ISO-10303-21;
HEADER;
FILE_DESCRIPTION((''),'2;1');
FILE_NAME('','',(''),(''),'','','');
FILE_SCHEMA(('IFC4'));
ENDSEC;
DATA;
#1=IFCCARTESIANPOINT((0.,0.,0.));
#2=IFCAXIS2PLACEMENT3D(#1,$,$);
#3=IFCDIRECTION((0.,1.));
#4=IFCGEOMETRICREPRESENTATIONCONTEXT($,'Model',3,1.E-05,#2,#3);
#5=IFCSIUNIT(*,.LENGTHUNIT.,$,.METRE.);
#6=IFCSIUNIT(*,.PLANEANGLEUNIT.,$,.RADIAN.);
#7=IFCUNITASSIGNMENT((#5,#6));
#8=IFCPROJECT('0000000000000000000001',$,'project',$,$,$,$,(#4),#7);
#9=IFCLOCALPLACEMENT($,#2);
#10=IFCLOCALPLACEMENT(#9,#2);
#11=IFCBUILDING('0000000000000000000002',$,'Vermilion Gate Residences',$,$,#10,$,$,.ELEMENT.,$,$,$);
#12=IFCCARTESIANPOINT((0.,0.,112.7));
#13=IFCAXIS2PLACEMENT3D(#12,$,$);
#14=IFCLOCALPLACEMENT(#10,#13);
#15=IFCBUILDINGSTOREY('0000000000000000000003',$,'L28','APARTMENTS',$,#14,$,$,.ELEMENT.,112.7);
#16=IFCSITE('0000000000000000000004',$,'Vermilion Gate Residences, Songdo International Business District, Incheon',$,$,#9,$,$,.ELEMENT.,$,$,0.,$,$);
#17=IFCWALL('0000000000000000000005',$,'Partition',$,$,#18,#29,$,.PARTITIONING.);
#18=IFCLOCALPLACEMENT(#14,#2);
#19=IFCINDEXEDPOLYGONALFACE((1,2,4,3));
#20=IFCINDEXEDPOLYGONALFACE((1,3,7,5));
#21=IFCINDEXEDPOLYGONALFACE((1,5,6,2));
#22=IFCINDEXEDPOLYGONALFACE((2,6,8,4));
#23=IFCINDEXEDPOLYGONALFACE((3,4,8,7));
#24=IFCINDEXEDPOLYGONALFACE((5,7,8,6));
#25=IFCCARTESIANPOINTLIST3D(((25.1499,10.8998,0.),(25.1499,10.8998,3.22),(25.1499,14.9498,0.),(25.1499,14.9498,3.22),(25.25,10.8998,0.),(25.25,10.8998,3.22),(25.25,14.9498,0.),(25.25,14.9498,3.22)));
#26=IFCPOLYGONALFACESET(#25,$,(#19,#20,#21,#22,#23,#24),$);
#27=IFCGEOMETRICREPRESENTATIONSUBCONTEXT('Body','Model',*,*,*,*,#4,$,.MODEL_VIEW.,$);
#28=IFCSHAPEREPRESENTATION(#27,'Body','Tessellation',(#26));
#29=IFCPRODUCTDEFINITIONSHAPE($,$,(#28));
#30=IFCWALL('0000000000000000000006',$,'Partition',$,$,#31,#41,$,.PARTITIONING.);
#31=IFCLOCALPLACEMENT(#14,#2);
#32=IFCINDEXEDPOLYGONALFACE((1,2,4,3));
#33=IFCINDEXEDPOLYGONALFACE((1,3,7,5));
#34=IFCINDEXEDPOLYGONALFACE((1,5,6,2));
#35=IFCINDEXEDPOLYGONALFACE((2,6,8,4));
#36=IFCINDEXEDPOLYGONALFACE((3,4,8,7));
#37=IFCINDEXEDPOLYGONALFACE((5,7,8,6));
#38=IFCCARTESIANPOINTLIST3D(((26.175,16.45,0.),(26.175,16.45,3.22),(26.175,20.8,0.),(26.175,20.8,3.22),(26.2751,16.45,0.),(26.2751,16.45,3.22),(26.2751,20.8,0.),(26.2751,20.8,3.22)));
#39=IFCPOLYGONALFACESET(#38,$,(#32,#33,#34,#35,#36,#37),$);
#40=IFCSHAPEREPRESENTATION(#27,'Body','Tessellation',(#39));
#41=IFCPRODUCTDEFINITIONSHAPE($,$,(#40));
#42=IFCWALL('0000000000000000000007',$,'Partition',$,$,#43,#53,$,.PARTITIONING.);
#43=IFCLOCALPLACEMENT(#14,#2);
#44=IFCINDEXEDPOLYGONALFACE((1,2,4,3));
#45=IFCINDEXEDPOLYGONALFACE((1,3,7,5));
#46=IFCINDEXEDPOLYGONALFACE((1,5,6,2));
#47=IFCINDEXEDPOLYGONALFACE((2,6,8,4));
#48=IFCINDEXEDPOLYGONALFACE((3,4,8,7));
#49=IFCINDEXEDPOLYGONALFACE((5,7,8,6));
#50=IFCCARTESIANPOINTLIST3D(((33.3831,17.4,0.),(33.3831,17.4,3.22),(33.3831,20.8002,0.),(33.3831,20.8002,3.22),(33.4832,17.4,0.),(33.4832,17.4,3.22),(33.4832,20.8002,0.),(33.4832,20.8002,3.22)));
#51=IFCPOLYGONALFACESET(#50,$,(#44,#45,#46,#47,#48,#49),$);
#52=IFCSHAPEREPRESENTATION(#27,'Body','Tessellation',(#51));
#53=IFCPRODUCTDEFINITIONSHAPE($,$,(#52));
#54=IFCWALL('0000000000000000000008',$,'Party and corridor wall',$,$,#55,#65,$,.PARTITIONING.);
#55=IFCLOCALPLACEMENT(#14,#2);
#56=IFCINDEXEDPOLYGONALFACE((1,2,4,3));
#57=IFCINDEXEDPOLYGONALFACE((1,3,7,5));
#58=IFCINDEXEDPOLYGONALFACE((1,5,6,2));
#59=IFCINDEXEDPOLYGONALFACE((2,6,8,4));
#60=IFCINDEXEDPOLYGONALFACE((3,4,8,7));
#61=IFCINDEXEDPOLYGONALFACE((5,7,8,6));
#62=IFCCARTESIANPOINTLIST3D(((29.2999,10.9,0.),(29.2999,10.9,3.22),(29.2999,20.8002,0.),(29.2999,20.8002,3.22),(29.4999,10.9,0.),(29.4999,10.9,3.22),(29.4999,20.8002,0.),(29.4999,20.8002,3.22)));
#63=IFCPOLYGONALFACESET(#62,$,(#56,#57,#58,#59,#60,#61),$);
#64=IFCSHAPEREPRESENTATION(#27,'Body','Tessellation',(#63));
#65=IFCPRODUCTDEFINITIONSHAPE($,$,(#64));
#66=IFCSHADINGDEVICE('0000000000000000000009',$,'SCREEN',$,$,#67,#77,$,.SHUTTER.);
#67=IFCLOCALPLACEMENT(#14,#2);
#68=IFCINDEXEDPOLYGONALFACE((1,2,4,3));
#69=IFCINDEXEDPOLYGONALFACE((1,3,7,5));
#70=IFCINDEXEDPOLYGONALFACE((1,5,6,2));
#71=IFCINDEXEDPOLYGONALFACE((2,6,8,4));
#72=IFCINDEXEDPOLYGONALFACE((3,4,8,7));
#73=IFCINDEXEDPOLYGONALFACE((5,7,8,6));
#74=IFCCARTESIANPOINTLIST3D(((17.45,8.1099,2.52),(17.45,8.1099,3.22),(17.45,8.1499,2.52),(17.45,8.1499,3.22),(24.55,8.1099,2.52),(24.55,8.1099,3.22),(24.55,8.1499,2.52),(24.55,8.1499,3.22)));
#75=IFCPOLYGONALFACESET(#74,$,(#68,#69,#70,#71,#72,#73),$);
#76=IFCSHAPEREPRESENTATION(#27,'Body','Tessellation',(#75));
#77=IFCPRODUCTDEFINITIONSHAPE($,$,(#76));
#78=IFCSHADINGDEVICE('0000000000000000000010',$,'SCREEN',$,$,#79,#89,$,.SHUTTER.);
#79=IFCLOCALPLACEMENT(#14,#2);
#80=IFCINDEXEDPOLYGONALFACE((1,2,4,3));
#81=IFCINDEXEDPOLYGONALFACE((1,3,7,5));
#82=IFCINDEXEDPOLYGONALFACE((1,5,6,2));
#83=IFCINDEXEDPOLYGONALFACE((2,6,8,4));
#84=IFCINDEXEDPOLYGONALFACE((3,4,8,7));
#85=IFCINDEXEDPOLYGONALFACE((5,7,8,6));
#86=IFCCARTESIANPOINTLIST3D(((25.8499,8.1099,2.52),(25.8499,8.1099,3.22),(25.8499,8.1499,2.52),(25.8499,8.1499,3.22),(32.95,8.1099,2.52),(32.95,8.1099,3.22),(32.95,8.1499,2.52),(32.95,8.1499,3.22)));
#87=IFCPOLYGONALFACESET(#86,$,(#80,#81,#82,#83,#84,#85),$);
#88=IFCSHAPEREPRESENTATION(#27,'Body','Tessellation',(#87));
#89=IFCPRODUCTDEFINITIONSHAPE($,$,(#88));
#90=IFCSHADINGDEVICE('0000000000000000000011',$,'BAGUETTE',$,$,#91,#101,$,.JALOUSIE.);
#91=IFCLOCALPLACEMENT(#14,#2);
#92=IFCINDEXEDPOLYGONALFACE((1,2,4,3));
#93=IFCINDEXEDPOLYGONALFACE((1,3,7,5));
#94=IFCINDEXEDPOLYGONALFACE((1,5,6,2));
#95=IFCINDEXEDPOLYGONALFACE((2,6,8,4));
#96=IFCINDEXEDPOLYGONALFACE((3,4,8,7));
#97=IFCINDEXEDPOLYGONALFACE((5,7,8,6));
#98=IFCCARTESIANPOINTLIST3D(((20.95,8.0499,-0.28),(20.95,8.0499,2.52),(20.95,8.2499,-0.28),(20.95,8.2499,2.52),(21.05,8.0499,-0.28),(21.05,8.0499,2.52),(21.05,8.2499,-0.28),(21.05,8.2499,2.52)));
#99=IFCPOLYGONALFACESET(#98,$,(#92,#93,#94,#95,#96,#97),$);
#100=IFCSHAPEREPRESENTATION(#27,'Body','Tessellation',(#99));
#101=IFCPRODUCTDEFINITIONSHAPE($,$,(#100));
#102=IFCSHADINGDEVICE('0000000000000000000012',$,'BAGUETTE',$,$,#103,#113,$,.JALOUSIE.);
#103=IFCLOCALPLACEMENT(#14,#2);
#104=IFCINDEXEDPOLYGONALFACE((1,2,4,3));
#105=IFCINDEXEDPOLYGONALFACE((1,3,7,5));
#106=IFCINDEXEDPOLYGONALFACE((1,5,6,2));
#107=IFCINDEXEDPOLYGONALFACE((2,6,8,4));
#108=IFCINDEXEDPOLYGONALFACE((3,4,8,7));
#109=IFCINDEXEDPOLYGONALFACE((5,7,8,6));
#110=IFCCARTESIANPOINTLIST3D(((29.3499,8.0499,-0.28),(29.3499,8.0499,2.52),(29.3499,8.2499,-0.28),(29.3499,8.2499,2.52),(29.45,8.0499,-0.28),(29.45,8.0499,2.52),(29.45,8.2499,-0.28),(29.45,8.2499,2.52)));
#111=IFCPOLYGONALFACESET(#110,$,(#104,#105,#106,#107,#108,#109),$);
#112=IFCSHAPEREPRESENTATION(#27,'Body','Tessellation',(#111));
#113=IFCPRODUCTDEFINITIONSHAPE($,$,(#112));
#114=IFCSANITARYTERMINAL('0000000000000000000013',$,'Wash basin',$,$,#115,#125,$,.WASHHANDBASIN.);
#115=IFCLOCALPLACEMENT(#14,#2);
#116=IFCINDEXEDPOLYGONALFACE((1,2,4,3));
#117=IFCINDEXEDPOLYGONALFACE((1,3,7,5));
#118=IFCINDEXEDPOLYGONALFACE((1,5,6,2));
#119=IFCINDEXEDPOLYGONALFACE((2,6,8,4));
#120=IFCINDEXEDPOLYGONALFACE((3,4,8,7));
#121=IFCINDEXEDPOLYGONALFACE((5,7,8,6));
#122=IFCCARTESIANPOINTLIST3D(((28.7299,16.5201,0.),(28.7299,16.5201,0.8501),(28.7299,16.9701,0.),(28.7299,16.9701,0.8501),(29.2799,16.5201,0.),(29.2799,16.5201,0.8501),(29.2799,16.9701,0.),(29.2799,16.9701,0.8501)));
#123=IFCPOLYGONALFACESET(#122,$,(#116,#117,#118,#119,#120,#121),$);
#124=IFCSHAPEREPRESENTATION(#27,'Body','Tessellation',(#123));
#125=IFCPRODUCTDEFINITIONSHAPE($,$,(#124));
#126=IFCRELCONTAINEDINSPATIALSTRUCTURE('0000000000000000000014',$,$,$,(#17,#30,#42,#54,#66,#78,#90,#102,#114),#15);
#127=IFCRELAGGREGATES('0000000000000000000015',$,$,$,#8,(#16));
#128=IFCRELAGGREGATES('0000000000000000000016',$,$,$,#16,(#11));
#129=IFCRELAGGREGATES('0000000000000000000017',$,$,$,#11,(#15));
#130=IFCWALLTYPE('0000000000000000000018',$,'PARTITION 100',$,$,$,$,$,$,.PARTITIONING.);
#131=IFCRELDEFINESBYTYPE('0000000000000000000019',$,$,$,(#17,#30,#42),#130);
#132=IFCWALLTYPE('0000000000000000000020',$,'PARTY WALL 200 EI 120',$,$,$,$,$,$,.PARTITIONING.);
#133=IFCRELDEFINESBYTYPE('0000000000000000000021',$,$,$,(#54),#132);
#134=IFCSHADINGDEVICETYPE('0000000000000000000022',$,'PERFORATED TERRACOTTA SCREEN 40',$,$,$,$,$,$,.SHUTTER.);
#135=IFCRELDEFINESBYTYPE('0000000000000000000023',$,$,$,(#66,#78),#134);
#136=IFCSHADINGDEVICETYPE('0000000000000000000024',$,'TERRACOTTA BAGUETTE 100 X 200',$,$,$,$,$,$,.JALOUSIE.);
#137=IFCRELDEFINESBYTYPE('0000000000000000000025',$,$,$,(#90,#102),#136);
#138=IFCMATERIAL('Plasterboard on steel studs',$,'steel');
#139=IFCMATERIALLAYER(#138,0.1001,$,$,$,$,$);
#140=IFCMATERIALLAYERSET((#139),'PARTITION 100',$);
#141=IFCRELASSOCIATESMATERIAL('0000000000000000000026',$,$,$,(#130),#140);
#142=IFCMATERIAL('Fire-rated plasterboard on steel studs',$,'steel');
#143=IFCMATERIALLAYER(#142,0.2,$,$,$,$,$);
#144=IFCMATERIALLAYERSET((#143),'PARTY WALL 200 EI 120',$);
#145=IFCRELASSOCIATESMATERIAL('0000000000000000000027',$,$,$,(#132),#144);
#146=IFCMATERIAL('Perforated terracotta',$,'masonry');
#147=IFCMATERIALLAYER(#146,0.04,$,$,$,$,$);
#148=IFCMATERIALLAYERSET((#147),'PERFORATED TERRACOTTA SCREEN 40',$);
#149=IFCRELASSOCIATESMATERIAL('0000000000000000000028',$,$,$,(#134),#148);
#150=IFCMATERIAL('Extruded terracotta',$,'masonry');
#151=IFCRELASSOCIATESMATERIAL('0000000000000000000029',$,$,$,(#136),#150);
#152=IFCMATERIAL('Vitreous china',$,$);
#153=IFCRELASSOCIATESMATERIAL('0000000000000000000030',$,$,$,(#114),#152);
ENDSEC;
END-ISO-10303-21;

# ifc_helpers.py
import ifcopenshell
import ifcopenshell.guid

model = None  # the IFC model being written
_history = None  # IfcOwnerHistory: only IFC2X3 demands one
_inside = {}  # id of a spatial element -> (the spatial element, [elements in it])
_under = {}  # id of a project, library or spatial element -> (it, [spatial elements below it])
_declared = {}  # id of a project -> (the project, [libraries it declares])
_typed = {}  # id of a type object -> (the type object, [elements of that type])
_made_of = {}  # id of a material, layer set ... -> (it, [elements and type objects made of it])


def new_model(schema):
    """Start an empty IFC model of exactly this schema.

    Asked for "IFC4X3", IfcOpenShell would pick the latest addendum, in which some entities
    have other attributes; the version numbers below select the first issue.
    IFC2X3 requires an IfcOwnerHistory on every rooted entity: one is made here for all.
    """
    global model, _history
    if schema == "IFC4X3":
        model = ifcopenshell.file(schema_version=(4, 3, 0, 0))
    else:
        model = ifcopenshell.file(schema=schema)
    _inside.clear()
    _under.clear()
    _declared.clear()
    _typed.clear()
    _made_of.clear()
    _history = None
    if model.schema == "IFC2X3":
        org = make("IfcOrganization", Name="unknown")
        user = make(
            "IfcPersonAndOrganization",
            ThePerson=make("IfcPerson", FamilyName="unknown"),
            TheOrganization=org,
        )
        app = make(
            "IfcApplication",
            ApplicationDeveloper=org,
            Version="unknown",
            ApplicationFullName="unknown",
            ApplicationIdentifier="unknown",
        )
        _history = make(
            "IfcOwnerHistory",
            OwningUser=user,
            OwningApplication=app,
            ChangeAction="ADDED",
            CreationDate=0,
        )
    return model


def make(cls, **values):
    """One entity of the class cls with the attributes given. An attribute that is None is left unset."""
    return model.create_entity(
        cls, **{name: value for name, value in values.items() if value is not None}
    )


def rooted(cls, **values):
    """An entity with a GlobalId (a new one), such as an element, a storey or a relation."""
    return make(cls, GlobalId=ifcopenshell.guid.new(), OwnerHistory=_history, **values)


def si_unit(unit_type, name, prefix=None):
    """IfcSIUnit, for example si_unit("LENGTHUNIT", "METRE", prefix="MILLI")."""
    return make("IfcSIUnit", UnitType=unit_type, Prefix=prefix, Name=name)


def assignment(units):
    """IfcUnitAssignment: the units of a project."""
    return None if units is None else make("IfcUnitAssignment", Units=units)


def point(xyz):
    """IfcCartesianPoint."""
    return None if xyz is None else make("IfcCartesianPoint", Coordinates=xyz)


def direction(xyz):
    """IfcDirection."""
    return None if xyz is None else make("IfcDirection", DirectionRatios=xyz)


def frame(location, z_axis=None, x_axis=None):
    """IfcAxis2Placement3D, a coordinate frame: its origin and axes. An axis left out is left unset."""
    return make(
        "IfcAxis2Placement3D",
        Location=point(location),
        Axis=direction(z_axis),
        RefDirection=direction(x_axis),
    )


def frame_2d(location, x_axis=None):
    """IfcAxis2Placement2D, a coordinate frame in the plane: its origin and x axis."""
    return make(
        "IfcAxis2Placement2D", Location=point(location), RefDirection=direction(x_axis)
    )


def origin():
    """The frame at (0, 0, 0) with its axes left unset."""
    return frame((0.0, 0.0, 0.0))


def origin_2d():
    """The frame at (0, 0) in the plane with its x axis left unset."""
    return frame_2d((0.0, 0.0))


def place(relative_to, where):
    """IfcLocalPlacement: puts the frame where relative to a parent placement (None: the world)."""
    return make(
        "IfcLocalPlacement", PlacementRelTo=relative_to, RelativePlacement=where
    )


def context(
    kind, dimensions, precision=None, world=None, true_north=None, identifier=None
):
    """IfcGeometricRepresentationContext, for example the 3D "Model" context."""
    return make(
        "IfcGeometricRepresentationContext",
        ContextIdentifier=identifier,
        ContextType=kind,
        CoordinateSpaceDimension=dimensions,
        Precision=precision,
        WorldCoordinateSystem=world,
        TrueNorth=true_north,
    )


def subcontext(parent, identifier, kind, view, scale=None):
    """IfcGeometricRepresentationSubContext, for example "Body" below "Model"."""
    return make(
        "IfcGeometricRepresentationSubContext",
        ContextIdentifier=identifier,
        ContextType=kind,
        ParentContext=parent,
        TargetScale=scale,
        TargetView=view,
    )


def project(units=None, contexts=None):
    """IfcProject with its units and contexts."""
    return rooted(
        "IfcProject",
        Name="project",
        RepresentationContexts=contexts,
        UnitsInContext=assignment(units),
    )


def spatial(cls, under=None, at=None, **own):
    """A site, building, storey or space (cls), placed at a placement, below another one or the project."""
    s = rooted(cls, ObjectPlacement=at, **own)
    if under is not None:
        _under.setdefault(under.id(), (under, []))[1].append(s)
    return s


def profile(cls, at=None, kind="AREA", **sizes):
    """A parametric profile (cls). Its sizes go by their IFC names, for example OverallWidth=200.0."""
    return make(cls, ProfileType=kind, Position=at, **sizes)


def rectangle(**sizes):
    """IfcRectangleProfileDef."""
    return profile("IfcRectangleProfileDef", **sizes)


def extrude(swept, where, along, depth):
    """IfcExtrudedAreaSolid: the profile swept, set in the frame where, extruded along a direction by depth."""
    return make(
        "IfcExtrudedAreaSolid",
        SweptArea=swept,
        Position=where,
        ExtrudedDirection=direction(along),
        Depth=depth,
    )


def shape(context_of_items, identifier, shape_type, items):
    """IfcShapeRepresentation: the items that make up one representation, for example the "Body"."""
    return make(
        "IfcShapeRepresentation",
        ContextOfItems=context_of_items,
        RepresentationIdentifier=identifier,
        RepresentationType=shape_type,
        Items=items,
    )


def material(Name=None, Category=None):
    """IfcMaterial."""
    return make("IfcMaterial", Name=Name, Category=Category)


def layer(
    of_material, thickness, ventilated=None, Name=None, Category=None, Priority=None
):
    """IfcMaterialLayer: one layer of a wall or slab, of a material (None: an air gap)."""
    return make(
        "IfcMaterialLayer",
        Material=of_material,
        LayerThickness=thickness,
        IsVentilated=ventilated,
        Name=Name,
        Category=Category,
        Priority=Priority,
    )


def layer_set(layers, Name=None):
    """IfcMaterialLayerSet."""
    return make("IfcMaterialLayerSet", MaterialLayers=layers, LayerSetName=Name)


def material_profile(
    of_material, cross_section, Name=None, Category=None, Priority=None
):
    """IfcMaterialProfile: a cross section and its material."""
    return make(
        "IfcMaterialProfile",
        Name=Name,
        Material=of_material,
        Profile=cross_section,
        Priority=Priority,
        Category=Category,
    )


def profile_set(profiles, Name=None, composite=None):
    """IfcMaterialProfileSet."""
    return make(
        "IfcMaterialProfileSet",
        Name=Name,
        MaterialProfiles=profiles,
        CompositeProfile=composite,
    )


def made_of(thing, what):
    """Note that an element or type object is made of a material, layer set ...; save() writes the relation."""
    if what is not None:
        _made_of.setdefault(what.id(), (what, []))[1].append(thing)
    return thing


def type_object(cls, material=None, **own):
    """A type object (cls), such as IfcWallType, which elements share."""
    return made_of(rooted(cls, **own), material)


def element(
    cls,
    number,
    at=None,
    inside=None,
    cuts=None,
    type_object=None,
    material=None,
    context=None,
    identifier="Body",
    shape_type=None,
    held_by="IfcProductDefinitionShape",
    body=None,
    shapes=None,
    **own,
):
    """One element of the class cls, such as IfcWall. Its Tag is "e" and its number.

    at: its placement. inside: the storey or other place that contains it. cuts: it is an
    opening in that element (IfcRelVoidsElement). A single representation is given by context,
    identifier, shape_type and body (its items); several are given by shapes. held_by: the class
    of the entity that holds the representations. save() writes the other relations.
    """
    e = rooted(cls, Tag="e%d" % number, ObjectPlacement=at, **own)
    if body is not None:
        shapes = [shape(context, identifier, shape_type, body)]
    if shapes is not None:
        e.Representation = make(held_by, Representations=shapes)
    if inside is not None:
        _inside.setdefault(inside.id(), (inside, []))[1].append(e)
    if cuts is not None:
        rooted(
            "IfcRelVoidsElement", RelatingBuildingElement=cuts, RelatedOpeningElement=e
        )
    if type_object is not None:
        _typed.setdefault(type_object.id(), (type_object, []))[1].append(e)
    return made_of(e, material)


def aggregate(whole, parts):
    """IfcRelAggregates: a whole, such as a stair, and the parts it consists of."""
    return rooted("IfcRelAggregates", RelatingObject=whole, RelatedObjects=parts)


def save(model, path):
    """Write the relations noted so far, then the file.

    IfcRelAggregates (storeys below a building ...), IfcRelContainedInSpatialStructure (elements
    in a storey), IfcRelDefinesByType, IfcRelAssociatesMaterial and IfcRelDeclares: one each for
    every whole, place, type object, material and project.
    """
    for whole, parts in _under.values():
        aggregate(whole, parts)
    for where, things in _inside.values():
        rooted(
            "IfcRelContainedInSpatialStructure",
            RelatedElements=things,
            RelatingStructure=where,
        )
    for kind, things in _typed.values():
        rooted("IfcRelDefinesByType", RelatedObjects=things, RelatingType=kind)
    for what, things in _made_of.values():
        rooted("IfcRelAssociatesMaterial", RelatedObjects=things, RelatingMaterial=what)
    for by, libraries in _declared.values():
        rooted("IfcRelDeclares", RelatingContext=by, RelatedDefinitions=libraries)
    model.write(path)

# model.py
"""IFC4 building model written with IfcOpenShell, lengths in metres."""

from ifc_helpers import new_model, si_unit, direction, frame, frame_2d, origin, origin_2d, place, context, subcontext, project, spatial, rectangle, extrude, material, layer, layer_set, material_profile, profile_set, type_object, element, save


model = new_model("IFC4")

# Units and contexts
model_context = context("Model", 3, precision=1e-05, world=origin(), true_north=direction((0.0, 1.0)))
body_context = subcontext(model_context, "Body", "Model", "MODEL_VIEW")
ifc_project = project(units=[si_unit("LENGTHUNIT", "METRE"), si_unit("PLANEANGLEUNIT", "RADIAN")], contexts=[model_context])

# Site, building, storey
site_placement = place(None, origin())
site = spatial("IfcSite", under=ifc_project, at=site_placement, Name="Vermilion Gate Residences, Songdo International Business District, Incheon", CompositionType="ELEMENT", RefElevation=0.0)
building_placement = place(site_placement, origin())
building = spatial("IfcBuilding", under=site, at=building_placement, Name="Vermilion Gate Residences", CompositionType="ELEMENT")
storey_placement = place(building_placement, frame((0.0, 0.0, 112.7)))
storey = spatial("IfcBuildingStorey", under=building, at=storey_placement, Name="L28", Description="APARTMENTS", CompositionType="ELEMENT", Elevation=112.7)

# Shared definitions
ifc_material_1 = material(Name="Plasterboard on steel studs", Category="steel")
ifc_layer_1 = layer(ifc_material_1, 0.1001)
ifc_layer_set_1 = layer_set([ifc_layer_1], Name="PARTITION 100")
wall_type_1 = type_object("IfcWallType", Name="PARTITION 100", PredefinedType="PARTITIONING", material=ifc_layer_set_1)

# Walls
wall_1_placement = place(storey_placement, frame((25.2, 10.8999, 0.0), z_axis=(0.0, 0.0, 1.0), x_axis=(0.0, 1.0, 0.0)))
element("IfcWall", 1, at=wall_1_placement, inside=storey, type_object=wall_type_1, Name="Partition", PredefinedType="PARTITIONING", context=body_context, shape_type="SweptSolid", body=[
    extrude(rectangle(XDim=4.05, YDim=0.1001, at=frame_2d((2.0249, 0.0))), origin(), (0.0, 0.0, 1.0), 3.22),
])
wall_2_placement = place(storey_placement, frame((26.2251, 16.45, 0.0), z_axis=(0.0, 0.0, 1.0), x_axis=(0.0, 1.0, 0.0)))
element("IfcWall", 2, at=wall_2_placement, inside=storey, type_object=wall_type_1, Name="Partition", PredefinedType="PARTITIONING", context=body_context, shape_type="SweptSolid", body=[
    extrude(rectangle(XDim=4.3501, YDim=0.1001, at=frame_2d((2.175, 0.0))), origin(), (0.0, 0.0, 1.0), 3.22),
])
wall_3_placement = place(storey_placement, frame((33.4331, 17.3999, 0.0), z_axis=(0.0, 0.0, 1.0), x_axis=(0.0, 1.0, 0.0)))
element("IfcWall", 3, at=wall_3_placement, inside=storey, type_object=wall_type_1, Name="Partition", PredefinedType="PARTITIONING", context=body_context, shape_type="SweptSolid", body=[
    extrude(rectangle(XDim=3.4001, YDim=0.1001, at=frame_2d((1.7002, 0.0))), origin(), (0.0, 0.0, 1.0), 3.22),
])
ifc_material_2 = material(Name="Fire-rated plasterboard on steel studs", Category="steel")
ifc_layer_2 = layer(ifc_material_2, 0.2)
ifc_layer_set_2 = layer_set([ifc_layer_2], Name="PARTY WALL 200 EI 120")
wall_type_2 = type_object("IfcWallType", Name="PARTY WALL 200 EI 120", PredefinedType="PARTITIONING", material=ifc_layer_set_2)
wall_4_placement = place(storey_placement, frame((29.3999, 10.8999, 0.0), z_axis=(0.0, 0.0, 1.0), x_axis=(0.0, 1.0, 0.0)))
element("IfcWall", 4, at=wall_4_placement, inside=storey, type_object=wall_type_2, Name="Party and corridor wall", PredefinedType="PARTITIONING", context=body_context, shape_type="SweptSolid", body=[
    extrude(rectangle(XDim=9.9001, YDim=0.2, at=frame_2d((4.9502, 0.0))), origin(), (0.0, 0.0, 1.0), 3.22),
])

# Shading devices
ifc_material_3 = material(Name="Perforated terracotta", Category="masonry")
ifc_layer_3 = layer(ifc_material_3, 0.04)
ifc_layer_set_3 = layer_set([ifc_layer_3], Name="PERFORATED TERRACOTTA SCREEN 40")
shading_device_type_1 = type_object("IfcShadingDeviceType", Name="PERFORATED TERRACOTTA SCREEN 40", PredefinedType="SHUTTER", material=ifc_layer_set_3)
for number, where, z_axis, x_axis, name in (
    (5, (21.0, 8.1299, 2.52), (0.0, 0.0, 1.0), (1.0, 0.0, 0.0), "SCREEN"),
    (6, (29.3999, 8.1299, 2.52), (0.0, 0.0, 1.0), (1.0, 0.0, 0.0), "SCREEN"),
):
    element("IfcShadingDevice", number, at=place(storey_placement, frame(where, z_axis=z_axis, x_axis=x_axis)), inside=storey, type_object=shading_device_type_1, Name=name, PredefinedType="SHUTTER", context=body_context, shape_type="SweptSolid", body=[
        extrude(rectangle(XDim=7.1001, YDim=0.04, at=origin_2d()), origin(), (0.0, 0.0, 1.0), 0.7),
    ])
ifc_material_4 = material(Name="Extruded terracotta", Category="masonry")
ifc_material_profile_1 = material_profile(ifc_material_4, rectangle(XDim=0.2, YDim=0.1001, at=origin_2d()), Name="BAGUETTE 100 X 200")
ifc_profile_set_1 = profile_set([ifc_material_profile_1], Name="Extruded terracotta")
shading_device_type_2 = type_object("IfcShadingDeviceType", Name="TERRACOTTA BAGUETTE 100 X 200", PredefinedType="JALOUSIE", material=ifc_profile_set_1)
for number, where, z_axis, x_axis, name in (
    (7, (21.0, 8.1499, -0.28), (0.0, 0.0, 1.0), (0.0, 1.0, 0.0), "BAGUETTE"),
    (8, (29.3999, 8.1499, -0.28), (0.0, 0.0, 1.0), (0.0, 1.0, 0.0), "BAGUETTE"),
):
    element("IfcShadingDevice", number, at=place(storey_placement, frame(where, z_axis=z_axis, x_axis=x_axis)), inside=storey, type_object=shading_device_type_2, Name=name, PredefinedType="JALOUSIE", context=body_context, shape_type="SweptSolid", body=[
        extrude(rectangle(XDim=0.2, YDim=0.1001, at=origin_2d()), origin(), (0.0, 0.0, 1.0), 2.8),
    ])

# Sanitary terminal
ifc_material_5 = material(Name="Vitreous china")
sanitary_terminal_placement = place(storey_placement, frame((29.0049, 16.7451, 0.0), z_axis=(0.0, 0.0, 1.0), x_axis=(1.0, 0.0, 0.0)))
element("IfcSanitaryTerminal", 9, at=sanitary_terminal_placement, inside=storey, material=ifc_material_5, Name="Wash basin", PredefinedType="WASHHANDBASIN", context=body_context, shape_type="SweptSolid", body=[
    extrude(rectangle(XDim=0.55, YDim=0.45, at=origin_2d()), origin(), (0.0, 0.0, 1.0), 0.8501),
])

save(model, "model.ifc")
